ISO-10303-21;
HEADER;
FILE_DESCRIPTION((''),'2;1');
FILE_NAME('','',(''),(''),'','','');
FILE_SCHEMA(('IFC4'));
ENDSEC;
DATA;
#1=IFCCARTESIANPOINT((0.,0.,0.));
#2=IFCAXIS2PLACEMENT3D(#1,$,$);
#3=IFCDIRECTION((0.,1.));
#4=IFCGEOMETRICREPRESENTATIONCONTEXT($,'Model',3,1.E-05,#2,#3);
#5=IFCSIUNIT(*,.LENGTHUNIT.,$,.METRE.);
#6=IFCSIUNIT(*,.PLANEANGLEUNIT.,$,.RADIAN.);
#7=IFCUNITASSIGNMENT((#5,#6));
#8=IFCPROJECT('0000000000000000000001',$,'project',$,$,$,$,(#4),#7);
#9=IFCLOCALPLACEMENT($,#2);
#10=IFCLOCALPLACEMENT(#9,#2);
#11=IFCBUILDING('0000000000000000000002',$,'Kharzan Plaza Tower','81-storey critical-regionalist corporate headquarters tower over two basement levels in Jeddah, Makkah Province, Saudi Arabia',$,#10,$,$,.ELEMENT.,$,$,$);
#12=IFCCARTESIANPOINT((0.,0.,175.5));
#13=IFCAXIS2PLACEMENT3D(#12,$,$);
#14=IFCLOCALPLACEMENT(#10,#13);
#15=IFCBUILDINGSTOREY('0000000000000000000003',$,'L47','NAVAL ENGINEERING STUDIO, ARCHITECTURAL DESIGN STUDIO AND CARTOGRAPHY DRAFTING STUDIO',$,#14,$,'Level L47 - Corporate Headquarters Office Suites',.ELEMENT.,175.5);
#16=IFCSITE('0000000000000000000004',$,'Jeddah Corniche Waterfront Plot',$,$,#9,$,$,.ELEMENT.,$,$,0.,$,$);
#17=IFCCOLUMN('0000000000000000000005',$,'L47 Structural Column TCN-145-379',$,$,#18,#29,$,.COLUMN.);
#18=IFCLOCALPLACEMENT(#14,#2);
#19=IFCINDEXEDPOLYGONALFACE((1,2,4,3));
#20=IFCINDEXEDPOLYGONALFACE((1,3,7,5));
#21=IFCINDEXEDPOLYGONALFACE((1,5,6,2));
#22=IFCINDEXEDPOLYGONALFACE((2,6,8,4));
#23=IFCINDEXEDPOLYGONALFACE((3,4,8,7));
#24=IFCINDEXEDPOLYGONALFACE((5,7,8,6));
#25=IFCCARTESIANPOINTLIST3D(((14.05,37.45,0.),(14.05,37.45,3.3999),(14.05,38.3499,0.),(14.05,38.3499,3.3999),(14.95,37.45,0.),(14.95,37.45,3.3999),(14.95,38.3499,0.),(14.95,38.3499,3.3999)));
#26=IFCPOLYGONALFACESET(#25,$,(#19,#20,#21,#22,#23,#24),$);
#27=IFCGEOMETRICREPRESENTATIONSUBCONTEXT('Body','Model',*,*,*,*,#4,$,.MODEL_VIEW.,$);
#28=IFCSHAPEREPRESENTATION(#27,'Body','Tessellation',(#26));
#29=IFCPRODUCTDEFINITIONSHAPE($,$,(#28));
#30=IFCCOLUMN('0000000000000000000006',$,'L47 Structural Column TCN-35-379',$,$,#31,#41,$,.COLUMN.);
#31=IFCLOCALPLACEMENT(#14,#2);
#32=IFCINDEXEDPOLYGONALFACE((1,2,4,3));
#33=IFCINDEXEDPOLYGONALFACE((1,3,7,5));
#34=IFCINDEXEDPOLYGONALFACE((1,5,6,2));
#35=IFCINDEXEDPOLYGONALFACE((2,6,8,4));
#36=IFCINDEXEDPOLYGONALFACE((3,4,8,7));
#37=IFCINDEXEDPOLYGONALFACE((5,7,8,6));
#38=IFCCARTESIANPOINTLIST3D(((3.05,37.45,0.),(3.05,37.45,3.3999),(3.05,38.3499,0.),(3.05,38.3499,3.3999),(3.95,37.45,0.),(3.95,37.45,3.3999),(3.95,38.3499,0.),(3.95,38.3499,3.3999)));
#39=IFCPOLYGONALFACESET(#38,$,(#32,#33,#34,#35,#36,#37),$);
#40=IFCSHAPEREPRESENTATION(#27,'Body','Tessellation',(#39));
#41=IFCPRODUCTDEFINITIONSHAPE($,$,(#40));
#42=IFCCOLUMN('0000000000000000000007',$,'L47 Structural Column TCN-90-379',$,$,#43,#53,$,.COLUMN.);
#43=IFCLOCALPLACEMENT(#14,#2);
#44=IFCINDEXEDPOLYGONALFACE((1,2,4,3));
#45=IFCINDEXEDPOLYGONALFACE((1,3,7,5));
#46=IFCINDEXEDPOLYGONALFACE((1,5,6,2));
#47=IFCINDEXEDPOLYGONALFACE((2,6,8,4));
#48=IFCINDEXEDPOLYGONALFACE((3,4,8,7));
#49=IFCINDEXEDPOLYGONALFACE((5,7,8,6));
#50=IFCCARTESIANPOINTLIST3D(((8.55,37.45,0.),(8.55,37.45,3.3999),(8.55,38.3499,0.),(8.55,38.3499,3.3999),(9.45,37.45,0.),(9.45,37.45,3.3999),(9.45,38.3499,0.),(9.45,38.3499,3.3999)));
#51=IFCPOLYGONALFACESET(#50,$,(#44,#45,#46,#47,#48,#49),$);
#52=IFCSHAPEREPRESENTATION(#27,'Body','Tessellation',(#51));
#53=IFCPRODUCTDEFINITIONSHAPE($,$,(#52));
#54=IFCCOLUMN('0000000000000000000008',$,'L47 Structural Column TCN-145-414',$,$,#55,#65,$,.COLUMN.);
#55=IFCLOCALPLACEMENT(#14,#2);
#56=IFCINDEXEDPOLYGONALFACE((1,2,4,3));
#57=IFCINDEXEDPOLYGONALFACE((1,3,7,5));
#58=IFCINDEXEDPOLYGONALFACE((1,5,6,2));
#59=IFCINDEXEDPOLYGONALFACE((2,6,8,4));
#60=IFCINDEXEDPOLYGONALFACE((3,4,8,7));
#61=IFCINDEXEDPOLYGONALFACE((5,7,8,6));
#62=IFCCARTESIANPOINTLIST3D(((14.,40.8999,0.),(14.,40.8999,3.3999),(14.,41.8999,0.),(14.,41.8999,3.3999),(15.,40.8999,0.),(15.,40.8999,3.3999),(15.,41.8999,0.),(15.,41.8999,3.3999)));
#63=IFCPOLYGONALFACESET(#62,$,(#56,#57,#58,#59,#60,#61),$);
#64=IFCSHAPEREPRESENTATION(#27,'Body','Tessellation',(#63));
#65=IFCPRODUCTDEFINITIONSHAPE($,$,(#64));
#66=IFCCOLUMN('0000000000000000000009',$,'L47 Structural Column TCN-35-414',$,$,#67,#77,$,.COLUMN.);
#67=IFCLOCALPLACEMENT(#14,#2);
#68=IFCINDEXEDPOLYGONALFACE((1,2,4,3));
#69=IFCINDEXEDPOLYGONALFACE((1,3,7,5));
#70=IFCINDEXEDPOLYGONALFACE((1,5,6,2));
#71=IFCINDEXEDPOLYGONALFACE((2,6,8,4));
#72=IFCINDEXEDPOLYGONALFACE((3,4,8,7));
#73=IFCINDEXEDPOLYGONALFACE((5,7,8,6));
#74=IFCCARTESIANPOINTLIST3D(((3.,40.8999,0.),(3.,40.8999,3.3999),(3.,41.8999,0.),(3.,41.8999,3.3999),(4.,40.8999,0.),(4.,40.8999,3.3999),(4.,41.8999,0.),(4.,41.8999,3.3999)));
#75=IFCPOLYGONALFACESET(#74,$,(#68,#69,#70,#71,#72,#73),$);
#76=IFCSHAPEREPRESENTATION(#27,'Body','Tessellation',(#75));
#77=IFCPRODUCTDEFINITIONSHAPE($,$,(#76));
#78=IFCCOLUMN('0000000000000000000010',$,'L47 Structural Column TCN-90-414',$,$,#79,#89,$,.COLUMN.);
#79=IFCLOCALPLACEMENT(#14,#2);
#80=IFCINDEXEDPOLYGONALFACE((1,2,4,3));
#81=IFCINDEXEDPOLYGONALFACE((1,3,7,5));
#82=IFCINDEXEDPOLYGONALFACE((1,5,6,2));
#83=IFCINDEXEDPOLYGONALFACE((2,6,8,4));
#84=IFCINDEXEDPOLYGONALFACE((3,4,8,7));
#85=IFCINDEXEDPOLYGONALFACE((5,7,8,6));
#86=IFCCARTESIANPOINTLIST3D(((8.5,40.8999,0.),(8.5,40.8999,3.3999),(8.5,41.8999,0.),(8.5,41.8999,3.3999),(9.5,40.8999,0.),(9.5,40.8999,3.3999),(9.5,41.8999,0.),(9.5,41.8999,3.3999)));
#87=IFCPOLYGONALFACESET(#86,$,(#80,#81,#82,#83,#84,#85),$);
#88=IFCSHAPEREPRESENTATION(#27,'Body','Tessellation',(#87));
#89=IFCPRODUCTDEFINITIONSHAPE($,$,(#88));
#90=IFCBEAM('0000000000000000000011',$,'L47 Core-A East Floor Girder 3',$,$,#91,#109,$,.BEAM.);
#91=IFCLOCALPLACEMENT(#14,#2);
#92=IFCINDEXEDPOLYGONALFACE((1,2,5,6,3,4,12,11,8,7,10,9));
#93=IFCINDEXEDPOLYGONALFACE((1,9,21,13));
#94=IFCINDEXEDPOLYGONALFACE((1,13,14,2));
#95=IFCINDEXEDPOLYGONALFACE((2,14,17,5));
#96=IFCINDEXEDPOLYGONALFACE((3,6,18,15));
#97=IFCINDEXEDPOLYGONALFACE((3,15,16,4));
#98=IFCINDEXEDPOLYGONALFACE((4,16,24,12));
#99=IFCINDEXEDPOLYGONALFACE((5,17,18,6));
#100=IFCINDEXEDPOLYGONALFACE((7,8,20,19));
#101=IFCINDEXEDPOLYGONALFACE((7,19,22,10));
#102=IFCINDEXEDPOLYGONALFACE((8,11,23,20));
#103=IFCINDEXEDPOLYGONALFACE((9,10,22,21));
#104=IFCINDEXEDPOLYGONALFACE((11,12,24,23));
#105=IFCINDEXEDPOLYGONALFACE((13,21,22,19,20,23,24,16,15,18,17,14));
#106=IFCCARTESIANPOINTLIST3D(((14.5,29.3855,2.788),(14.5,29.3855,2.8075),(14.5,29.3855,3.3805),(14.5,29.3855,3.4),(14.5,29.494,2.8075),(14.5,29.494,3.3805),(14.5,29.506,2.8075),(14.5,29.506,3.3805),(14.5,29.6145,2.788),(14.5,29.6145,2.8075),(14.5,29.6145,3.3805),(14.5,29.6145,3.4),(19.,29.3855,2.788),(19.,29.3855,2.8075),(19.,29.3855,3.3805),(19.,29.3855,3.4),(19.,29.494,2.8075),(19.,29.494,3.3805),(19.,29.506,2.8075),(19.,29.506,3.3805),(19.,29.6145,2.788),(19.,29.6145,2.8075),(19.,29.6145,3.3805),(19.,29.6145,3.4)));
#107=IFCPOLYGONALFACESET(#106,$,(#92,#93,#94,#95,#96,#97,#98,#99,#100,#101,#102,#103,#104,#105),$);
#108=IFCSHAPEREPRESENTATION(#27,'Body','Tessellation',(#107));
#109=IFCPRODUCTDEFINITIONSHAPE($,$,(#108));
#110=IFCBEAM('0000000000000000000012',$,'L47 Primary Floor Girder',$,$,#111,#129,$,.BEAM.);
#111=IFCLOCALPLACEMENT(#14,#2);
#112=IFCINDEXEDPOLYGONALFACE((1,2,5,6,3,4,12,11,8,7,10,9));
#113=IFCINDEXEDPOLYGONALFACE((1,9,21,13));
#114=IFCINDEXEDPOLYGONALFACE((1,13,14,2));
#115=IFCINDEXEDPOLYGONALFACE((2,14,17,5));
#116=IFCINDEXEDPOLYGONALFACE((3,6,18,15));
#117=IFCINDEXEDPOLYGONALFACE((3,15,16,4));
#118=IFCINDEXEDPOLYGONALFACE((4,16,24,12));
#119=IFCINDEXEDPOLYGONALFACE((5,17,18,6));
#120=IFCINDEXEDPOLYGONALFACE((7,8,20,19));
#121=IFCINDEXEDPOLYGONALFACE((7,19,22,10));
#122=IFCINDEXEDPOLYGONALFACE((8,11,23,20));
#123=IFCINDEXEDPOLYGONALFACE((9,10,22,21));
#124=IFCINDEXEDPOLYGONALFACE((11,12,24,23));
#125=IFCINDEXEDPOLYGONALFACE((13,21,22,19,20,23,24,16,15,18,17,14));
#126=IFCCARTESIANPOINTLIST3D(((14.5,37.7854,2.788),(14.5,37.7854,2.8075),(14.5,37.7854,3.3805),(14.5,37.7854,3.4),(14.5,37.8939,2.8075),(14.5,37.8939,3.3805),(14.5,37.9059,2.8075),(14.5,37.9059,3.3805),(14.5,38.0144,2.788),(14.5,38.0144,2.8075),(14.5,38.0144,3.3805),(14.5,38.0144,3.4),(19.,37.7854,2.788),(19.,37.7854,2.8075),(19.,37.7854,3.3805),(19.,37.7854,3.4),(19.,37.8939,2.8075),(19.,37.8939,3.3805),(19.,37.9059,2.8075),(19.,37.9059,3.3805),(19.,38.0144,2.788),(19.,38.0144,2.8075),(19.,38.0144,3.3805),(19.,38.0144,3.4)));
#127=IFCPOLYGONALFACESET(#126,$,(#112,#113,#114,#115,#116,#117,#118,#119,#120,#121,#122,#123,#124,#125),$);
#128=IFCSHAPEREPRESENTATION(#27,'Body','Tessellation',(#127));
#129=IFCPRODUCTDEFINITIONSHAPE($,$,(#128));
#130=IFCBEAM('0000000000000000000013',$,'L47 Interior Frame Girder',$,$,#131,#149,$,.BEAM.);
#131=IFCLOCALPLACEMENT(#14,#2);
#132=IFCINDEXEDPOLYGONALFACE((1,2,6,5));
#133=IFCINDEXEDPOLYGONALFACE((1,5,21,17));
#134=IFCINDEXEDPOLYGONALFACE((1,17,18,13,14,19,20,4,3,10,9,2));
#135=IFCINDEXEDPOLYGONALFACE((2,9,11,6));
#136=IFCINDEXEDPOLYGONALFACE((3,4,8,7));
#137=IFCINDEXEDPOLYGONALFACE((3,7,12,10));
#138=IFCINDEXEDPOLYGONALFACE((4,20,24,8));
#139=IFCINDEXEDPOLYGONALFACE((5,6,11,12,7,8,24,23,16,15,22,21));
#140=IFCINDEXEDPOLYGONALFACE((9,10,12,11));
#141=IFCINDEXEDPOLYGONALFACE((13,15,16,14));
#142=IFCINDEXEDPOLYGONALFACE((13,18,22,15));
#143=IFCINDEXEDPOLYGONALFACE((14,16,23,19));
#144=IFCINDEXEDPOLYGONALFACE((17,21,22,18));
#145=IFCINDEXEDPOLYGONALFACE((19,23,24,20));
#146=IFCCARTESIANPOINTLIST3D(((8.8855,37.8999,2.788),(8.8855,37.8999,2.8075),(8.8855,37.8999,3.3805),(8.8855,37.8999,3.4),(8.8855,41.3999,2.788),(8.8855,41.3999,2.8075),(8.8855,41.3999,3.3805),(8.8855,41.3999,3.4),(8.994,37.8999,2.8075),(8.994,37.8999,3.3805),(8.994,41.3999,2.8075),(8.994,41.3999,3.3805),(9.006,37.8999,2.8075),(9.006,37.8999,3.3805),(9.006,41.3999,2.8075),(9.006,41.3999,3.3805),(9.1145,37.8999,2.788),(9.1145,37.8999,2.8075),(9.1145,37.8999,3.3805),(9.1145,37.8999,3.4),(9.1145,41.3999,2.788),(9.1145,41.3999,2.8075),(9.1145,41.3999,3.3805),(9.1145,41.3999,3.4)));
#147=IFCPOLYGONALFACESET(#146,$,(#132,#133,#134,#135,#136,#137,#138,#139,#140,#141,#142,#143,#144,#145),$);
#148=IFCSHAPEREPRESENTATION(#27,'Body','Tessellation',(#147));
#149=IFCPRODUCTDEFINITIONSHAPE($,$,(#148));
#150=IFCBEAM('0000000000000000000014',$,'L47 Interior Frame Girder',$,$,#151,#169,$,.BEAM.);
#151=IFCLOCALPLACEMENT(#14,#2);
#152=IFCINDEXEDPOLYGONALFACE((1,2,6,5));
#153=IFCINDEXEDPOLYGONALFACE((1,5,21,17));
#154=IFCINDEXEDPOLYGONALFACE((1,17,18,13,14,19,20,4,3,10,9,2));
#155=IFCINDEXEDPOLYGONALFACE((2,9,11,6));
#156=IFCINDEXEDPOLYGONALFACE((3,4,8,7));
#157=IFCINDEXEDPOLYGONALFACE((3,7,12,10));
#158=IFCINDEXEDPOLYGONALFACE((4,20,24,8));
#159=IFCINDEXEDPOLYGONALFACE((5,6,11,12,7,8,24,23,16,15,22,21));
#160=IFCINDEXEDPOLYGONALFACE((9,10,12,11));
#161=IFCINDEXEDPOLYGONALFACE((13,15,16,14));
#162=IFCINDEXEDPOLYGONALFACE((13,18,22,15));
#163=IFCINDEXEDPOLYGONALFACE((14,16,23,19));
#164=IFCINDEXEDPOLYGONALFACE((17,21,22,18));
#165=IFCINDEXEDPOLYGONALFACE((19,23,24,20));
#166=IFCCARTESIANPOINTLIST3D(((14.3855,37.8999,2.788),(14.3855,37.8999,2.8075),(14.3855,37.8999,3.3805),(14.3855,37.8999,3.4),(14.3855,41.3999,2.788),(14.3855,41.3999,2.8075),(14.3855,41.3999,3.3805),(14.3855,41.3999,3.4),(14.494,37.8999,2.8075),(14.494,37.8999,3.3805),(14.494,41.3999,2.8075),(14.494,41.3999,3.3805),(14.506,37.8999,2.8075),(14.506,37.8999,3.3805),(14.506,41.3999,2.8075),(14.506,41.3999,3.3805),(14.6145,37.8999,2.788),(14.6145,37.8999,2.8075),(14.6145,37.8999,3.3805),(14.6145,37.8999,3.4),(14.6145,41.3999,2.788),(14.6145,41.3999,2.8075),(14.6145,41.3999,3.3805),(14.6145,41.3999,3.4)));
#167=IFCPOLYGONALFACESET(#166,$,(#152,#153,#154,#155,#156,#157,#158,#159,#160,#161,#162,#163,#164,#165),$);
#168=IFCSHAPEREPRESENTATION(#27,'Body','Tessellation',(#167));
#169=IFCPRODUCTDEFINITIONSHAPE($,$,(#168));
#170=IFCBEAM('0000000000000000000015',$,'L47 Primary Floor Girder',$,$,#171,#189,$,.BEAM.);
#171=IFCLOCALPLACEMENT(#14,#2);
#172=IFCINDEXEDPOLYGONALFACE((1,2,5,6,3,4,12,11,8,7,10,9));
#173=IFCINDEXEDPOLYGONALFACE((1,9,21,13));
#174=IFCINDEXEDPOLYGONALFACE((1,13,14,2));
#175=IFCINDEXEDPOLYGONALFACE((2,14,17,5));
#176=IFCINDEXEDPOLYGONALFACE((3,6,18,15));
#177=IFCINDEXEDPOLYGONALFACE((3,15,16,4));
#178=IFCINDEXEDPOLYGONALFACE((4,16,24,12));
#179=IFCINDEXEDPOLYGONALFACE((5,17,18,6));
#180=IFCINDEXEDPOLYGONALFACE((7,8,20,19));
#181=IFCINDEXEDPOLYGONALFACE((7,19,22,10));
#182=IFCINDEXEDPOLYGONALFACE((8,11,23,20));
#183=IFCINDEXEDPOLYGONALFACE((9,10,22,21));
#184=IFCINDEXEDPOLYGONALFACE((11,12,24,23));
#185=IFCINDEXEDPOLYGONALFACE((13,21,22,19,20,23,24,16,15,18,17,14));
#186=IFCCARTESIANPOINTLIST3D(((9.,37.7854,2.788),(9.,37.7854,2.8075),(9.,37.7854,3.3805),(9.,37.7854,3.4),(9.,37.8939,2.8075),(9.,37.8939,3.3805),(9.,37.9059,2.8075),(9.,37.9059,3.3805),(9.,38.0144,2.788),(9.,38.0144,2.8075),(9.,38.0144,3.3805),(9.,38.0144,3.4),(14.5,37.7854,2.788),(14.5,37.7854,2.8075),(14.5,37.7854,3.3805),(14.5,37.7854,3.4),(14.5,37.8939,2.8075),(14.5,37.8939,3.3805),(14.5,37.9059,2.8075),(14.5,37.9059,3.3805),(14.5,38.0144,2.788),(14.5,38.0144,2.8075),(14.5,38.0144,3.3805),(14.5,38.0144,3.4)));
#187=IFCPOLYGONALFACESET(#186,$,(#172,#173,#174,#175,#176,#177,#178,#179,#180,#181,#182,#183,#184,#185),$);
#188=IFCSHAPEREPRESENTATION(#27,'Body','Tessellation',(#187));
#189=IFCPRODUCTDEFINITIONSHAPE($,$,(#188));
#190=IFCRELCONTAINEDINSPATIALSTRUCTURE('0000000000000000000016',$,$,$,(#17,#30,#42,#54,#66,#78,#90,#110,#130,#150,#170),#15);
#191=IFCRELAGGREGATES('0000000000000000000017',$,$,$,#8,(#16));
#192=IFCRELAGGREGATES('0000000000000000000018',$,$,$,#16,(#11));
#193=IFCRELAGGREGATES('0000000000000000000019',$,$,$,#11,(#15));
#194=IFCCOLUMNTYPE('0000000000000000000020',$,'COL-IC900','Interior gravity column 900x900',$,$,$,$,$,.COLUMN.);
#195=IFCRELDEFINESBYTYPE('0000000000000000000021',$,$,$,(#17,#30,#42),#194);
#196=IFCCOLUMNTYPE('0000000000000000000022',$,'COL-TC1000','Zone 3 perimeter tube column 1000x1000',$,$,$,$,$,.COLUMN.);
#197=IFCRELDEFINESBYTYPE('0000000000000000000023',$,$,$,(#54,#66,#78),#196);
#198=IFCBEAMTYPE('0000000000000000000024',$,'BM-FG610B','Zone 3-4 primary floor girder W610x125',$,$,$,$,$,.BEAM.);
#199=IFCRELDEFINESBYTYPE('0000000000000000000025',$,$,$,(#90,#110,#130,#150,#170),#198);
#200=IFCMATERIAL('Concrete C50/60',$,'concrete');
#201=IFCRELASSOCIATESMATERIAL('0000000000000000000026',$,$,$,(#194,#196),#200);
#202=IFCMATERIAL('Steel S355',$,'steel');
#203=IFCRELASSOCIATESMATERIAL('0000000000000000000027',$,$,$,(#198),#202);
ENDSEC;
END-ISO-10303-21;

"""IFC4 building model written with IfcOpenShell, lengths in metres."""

from ifc_helpers import new_model, si_unit, direction, frame, origin, origin_2d, place, context, subcontext, project, spatial, rectangle, i_section, extrude, source, transform, mapped, material, material_profile, profile_set, type_object, element, save


model = new_model("IFC4")

# Units and contexts
model_context = context("Model", 3, precision=1e-05, world=origin(), true_north=direction((0.0, 1.0)))
body_context = subcontext(model_context, "Body", "Model", "MODEL_VIEW")
ifc_project = project(units=[si_unit("LENGTHUNIT", "METRE"), si_unit("PLANEANGLEUNIT", "RADIAN")], contexts=[model_context])

# Site, building, storey
site_placement = place(None, origin())
site = spatial("IfcSite", under=ifc_project, at=site_placement, Name="Jeddah Corniche Waterfront Plot", CompositionType="ELEMENT", RefElevation=0.0)
building_placement = place(site_placement, origin())
building = spatial("IfcBuilding", under=site, at=building_placement, Name="Kharzan Plaza Tower", Description="81-storey critical-regionalist corporate headquarters tower over two basement levels in Jeddah, Makkah Province, Saudi Arabia", CompositionType="ELEMENT")
storey_placement = place(building_placement, frame((0.0, 0.0, 175.5)))
storey = spatial("IfcBuildingStorey", under=building, at=storey_placement, Name="L47", Description="NAVAL ENGINEERING STUDIO, ARCHITECTURAL DESIGN STUDIO AND CARTOGRAPHY DRAFTING STUDIO", LongName="Level L47 - Corporate Headquarters Office Suites", CompositionType="ELEMENT", Elevation=175.5)

# Columns
ifc_material_1 = material(Name="Concrete C50/60", Category="concrete")
ifc_material_profile_1 = material_profile(ifc_material_1, rectangle(XDim=0.8999, YDim=0.8999, at=origin_2d()), Name="RC-IC900x900")
ifc_profile_set_1 = profile_set([ifc_material_profile_1], Name="Concrete C50/60")
column_type_1 = type_object("IfcColumnType", Name="COL-IC900", Description="Interior gravity column 900x900", PredefinedType="COLUMN", material=ifc_profile_set_1)
shared_shape_1 = source(origin(), body_context, "Body", "SweptSolid", [
    extrude(rectangle(XDim=0.8999, YDim=0.8999, at=origin_2d()), origin(), (0.0, 0.0, 1.0), 3.3999),
])
for number, where, z_axis, x_axis, name in (
    (1, (14.5, 37.8999, 0.0), (0.0, 0.0, 1.0), (1.0, 0.0, 0.0), "L47 Structural Column TCN-145-379"),
    (2, (3.5, 37.8999, 0.0), (0.0, 0.0, 1.0), (1.0, 0.0, 0.0), "L47 Structural Column TCN-35-379"),
    (3, (9.0, 37.8999, 0.0), (0.0, 0.0, 1.0), (1.0, 0.0, 0.0), "L47 Structural Column TCN-90-379"),
):
    element("IfcColumn", number, at=place(storey_placement, frame(where, z_axis=z_axis, x_axis=x_axis)), inside=storey, type_object=column_type_1, Name=name, PredefinedType="COLUMN", context=body_context, shape_type="MappedRepresentation", body=[
        mapped(shared_shape_1, transform((0.0, 0.0, 0.0), x_axis=(1.0, 0.0, 0.0), y_axis=(0.0, 1.0, 0.0), z_axis=(0.0, 0.0, 1.0))),
    ])
ifc_material_profile_2 = material_profile(ifc_material_1, rectangle(XDim=1.0, YDim=1.0, at=origin_2d()), Name="RC-TC1000x1000")
ifc_profile_set_2 = profile_set([ifc_material_profile_2], Name="Concrete C50/60")
column_type_2 = type_object("IfcColumnType", Name="COL-TC1000", Description="Zone 3 perimeter tube column 1000x1000", PredefinedType="COLUMN", material=ifc_profile_set_2)
shared_shape_2 = source(origin(), body_context, "Body", "SweptSolid", [
    extrude(rectangle(XDim=1.0, YDim=1.0, at=origin_2d()), origin(), (0.0, 0.0, 1.0), 3.3999),
])
for number, where, z_axis, x_axis, name in (
    (4, (14.5, 41.3999, 0.0), (0.0, 0.0, 1.0), (1.0, 0.0, 0.0), "L47 Structural Column TCN-145-414"),
    (5, (3.5, 41.3999, 0.0), (0.0, 0.0, 1.0), (1.0, 0.0, 0.0), "L47 Structural Column TCN-35-414"),
    (6, (9.0, 41.3999, 0.0), (0.0, 0.0, 1.0), (1.0, 0.0, 0.0), "L47 Structural Column TCN-90-414"),
):
    element("IfcColumn", number, at=place(storey_placement, frame(where, z_axis=z_axis, x_axis=x_axis)), inside=storey, type_object=column_type_2, Name=name, PredefinedType="COLUMN", context=body_context, shape_type="MappedRepresentation", body=[
        mapped(shared_shape_2, transform((0.0, 0.0, 0.0), x_axis=(1.0, 0.0, 0.0), y_axis=(0.0, 1.0, 0.0), z_axis=(0.0, 0.0, 1.0))),
    ])

# Beams
ifc_material_2 = material(Name="Steel S355", Category="steel")
ifc_material_profile_3 = material_profile(ifc_material_2, i_section(OverallWidth=0.229, OverallDepth=0.6121, WebThickness=0.012, FlangeThickness=0.0195, at=origin_2d()), Name="W610x125")
ifc_profile_set_3 = profile_set([ifc_material_profile_3], Name="Steel S355")
beam_type_1 = type_object("IfcBeamType", Name="BM-FG610B", Description="Zone 3-4 primary floor girder W610x125", PredefinedType="BEAM", material=ifc_profile_set_3)
shared_shape_3 = source(origin(), body_context, "Body", "SweptSolid", [
    extrude(i_section(OverallWidth=0.229, OverallDepth=0.6121, WebThickness=0.012, FlangeThickness=0.0195, at=origin_2d()), origin(), (0.0, 0.0, 1.0), 4.5),
])
for number, where, z_axis, x_axis, name in (
    (7, (14.5, 29.5, 3.094), (1.0, 0.0, 0.0), (0.0, 1.0, 0.0), "L47 Core-A East Floor Girder 3"),
    (8, (14.5, 37.8999, 3.094), (1.0, 0.0, 0.0), (0.0, 1.0, 0.0), "L47 Primary Floor Girder"),
):
    element("IfcBeam", number, at=place(storey_placement, frame(where, z_axis=z_axis, x_axis=x_axis)), inside=storey, type_object=beam_type_1, Name=name, PredefinedType="BEAM", context=body_context, shape_type="MappedRepresentation", body=[
        mapped(shared_shape_3, transform((0.0, 0.0, 0.0), x_axis=(1.0, 0.0, 0.0), y_axis=(0.0, 1.0, 0.0), z_axis=(0.0, 0.0, 1.0))),
    ])
shared_shape_4 = source(origin(), body_context, "Body", "SweptSolid", [
    extrude(i_section(OverallWidth=0.229, OverallDepth=0.6121, WebThickness=0.012, FlangeThickness=0.0195, at=origin_2d()), origin(), (0.0, 0.0, 1.0), 3.5),
])
for number, where, z_axis, x_axis, name in (
    (9, (9.0, 37.8999, 3.094), (0.0, 1.0, 0.0), (-1.0, 0.0, 0.0), "L47 Interior Frame Girder"),
    (10, (14.5, 37.8999, 3.094), (0.0, 1.0, 0.0), (-1.0, 0.0, 0.0), "L47 Interior Frame Girder"),
):
    element("IfcBeam", number, at=place(storey_placement, frame(where, z_axis=z_axis, x_axis=x_axis)), inside=storey, type_object=beam_type_1, Name=name, PredefinedType="BEAM", context=body_context, shape_type="MappedRepresentation", body=[
        mapped(shared_shape_4, transform((0.0, 0.0, 0.0), x_axis=(1.0, 0.0, 0.0), y_axis=(0.0, 1.0, 0.0), z_axis=(0.0, 0.0, 1.0))),
    ])
shared_shape_5 = source(origin(), body_context, "Body", "SweptSolid", [
    extrude(i_section(OverallWidth=0.229, OverallDepth=0.6121, WebThickness=0.012, FlangeThickness=0.0195, at=origin_2d()), origin(), (0.0, 0.0, 1.0), 5.5),
])
beam_placement = place(storey_placement, frame((9.0, 37.8999, 3.094), z_axis=(1.0, 0.0, 0.0), x_axis=(0.0, 1.0, 0.0)))
element("IfcBeam", 11, at=beam_placement, inside=storey, type_object=beam_type_1, Name="L47 Primary Floor Girder", PredefinedType="BEAM", context=body_context, shape_type="MappedRepresentation", body=[
    mapped(shared_shape_5, transform((0.0, 0.0, 0.0), x_axis=(1.0, 0.0, 0.0), y_axis=(0.0, 1.0, 0.0), z_axis=(0.0, 0.0, 1.0))),
])

save(model, "model.ifc")
